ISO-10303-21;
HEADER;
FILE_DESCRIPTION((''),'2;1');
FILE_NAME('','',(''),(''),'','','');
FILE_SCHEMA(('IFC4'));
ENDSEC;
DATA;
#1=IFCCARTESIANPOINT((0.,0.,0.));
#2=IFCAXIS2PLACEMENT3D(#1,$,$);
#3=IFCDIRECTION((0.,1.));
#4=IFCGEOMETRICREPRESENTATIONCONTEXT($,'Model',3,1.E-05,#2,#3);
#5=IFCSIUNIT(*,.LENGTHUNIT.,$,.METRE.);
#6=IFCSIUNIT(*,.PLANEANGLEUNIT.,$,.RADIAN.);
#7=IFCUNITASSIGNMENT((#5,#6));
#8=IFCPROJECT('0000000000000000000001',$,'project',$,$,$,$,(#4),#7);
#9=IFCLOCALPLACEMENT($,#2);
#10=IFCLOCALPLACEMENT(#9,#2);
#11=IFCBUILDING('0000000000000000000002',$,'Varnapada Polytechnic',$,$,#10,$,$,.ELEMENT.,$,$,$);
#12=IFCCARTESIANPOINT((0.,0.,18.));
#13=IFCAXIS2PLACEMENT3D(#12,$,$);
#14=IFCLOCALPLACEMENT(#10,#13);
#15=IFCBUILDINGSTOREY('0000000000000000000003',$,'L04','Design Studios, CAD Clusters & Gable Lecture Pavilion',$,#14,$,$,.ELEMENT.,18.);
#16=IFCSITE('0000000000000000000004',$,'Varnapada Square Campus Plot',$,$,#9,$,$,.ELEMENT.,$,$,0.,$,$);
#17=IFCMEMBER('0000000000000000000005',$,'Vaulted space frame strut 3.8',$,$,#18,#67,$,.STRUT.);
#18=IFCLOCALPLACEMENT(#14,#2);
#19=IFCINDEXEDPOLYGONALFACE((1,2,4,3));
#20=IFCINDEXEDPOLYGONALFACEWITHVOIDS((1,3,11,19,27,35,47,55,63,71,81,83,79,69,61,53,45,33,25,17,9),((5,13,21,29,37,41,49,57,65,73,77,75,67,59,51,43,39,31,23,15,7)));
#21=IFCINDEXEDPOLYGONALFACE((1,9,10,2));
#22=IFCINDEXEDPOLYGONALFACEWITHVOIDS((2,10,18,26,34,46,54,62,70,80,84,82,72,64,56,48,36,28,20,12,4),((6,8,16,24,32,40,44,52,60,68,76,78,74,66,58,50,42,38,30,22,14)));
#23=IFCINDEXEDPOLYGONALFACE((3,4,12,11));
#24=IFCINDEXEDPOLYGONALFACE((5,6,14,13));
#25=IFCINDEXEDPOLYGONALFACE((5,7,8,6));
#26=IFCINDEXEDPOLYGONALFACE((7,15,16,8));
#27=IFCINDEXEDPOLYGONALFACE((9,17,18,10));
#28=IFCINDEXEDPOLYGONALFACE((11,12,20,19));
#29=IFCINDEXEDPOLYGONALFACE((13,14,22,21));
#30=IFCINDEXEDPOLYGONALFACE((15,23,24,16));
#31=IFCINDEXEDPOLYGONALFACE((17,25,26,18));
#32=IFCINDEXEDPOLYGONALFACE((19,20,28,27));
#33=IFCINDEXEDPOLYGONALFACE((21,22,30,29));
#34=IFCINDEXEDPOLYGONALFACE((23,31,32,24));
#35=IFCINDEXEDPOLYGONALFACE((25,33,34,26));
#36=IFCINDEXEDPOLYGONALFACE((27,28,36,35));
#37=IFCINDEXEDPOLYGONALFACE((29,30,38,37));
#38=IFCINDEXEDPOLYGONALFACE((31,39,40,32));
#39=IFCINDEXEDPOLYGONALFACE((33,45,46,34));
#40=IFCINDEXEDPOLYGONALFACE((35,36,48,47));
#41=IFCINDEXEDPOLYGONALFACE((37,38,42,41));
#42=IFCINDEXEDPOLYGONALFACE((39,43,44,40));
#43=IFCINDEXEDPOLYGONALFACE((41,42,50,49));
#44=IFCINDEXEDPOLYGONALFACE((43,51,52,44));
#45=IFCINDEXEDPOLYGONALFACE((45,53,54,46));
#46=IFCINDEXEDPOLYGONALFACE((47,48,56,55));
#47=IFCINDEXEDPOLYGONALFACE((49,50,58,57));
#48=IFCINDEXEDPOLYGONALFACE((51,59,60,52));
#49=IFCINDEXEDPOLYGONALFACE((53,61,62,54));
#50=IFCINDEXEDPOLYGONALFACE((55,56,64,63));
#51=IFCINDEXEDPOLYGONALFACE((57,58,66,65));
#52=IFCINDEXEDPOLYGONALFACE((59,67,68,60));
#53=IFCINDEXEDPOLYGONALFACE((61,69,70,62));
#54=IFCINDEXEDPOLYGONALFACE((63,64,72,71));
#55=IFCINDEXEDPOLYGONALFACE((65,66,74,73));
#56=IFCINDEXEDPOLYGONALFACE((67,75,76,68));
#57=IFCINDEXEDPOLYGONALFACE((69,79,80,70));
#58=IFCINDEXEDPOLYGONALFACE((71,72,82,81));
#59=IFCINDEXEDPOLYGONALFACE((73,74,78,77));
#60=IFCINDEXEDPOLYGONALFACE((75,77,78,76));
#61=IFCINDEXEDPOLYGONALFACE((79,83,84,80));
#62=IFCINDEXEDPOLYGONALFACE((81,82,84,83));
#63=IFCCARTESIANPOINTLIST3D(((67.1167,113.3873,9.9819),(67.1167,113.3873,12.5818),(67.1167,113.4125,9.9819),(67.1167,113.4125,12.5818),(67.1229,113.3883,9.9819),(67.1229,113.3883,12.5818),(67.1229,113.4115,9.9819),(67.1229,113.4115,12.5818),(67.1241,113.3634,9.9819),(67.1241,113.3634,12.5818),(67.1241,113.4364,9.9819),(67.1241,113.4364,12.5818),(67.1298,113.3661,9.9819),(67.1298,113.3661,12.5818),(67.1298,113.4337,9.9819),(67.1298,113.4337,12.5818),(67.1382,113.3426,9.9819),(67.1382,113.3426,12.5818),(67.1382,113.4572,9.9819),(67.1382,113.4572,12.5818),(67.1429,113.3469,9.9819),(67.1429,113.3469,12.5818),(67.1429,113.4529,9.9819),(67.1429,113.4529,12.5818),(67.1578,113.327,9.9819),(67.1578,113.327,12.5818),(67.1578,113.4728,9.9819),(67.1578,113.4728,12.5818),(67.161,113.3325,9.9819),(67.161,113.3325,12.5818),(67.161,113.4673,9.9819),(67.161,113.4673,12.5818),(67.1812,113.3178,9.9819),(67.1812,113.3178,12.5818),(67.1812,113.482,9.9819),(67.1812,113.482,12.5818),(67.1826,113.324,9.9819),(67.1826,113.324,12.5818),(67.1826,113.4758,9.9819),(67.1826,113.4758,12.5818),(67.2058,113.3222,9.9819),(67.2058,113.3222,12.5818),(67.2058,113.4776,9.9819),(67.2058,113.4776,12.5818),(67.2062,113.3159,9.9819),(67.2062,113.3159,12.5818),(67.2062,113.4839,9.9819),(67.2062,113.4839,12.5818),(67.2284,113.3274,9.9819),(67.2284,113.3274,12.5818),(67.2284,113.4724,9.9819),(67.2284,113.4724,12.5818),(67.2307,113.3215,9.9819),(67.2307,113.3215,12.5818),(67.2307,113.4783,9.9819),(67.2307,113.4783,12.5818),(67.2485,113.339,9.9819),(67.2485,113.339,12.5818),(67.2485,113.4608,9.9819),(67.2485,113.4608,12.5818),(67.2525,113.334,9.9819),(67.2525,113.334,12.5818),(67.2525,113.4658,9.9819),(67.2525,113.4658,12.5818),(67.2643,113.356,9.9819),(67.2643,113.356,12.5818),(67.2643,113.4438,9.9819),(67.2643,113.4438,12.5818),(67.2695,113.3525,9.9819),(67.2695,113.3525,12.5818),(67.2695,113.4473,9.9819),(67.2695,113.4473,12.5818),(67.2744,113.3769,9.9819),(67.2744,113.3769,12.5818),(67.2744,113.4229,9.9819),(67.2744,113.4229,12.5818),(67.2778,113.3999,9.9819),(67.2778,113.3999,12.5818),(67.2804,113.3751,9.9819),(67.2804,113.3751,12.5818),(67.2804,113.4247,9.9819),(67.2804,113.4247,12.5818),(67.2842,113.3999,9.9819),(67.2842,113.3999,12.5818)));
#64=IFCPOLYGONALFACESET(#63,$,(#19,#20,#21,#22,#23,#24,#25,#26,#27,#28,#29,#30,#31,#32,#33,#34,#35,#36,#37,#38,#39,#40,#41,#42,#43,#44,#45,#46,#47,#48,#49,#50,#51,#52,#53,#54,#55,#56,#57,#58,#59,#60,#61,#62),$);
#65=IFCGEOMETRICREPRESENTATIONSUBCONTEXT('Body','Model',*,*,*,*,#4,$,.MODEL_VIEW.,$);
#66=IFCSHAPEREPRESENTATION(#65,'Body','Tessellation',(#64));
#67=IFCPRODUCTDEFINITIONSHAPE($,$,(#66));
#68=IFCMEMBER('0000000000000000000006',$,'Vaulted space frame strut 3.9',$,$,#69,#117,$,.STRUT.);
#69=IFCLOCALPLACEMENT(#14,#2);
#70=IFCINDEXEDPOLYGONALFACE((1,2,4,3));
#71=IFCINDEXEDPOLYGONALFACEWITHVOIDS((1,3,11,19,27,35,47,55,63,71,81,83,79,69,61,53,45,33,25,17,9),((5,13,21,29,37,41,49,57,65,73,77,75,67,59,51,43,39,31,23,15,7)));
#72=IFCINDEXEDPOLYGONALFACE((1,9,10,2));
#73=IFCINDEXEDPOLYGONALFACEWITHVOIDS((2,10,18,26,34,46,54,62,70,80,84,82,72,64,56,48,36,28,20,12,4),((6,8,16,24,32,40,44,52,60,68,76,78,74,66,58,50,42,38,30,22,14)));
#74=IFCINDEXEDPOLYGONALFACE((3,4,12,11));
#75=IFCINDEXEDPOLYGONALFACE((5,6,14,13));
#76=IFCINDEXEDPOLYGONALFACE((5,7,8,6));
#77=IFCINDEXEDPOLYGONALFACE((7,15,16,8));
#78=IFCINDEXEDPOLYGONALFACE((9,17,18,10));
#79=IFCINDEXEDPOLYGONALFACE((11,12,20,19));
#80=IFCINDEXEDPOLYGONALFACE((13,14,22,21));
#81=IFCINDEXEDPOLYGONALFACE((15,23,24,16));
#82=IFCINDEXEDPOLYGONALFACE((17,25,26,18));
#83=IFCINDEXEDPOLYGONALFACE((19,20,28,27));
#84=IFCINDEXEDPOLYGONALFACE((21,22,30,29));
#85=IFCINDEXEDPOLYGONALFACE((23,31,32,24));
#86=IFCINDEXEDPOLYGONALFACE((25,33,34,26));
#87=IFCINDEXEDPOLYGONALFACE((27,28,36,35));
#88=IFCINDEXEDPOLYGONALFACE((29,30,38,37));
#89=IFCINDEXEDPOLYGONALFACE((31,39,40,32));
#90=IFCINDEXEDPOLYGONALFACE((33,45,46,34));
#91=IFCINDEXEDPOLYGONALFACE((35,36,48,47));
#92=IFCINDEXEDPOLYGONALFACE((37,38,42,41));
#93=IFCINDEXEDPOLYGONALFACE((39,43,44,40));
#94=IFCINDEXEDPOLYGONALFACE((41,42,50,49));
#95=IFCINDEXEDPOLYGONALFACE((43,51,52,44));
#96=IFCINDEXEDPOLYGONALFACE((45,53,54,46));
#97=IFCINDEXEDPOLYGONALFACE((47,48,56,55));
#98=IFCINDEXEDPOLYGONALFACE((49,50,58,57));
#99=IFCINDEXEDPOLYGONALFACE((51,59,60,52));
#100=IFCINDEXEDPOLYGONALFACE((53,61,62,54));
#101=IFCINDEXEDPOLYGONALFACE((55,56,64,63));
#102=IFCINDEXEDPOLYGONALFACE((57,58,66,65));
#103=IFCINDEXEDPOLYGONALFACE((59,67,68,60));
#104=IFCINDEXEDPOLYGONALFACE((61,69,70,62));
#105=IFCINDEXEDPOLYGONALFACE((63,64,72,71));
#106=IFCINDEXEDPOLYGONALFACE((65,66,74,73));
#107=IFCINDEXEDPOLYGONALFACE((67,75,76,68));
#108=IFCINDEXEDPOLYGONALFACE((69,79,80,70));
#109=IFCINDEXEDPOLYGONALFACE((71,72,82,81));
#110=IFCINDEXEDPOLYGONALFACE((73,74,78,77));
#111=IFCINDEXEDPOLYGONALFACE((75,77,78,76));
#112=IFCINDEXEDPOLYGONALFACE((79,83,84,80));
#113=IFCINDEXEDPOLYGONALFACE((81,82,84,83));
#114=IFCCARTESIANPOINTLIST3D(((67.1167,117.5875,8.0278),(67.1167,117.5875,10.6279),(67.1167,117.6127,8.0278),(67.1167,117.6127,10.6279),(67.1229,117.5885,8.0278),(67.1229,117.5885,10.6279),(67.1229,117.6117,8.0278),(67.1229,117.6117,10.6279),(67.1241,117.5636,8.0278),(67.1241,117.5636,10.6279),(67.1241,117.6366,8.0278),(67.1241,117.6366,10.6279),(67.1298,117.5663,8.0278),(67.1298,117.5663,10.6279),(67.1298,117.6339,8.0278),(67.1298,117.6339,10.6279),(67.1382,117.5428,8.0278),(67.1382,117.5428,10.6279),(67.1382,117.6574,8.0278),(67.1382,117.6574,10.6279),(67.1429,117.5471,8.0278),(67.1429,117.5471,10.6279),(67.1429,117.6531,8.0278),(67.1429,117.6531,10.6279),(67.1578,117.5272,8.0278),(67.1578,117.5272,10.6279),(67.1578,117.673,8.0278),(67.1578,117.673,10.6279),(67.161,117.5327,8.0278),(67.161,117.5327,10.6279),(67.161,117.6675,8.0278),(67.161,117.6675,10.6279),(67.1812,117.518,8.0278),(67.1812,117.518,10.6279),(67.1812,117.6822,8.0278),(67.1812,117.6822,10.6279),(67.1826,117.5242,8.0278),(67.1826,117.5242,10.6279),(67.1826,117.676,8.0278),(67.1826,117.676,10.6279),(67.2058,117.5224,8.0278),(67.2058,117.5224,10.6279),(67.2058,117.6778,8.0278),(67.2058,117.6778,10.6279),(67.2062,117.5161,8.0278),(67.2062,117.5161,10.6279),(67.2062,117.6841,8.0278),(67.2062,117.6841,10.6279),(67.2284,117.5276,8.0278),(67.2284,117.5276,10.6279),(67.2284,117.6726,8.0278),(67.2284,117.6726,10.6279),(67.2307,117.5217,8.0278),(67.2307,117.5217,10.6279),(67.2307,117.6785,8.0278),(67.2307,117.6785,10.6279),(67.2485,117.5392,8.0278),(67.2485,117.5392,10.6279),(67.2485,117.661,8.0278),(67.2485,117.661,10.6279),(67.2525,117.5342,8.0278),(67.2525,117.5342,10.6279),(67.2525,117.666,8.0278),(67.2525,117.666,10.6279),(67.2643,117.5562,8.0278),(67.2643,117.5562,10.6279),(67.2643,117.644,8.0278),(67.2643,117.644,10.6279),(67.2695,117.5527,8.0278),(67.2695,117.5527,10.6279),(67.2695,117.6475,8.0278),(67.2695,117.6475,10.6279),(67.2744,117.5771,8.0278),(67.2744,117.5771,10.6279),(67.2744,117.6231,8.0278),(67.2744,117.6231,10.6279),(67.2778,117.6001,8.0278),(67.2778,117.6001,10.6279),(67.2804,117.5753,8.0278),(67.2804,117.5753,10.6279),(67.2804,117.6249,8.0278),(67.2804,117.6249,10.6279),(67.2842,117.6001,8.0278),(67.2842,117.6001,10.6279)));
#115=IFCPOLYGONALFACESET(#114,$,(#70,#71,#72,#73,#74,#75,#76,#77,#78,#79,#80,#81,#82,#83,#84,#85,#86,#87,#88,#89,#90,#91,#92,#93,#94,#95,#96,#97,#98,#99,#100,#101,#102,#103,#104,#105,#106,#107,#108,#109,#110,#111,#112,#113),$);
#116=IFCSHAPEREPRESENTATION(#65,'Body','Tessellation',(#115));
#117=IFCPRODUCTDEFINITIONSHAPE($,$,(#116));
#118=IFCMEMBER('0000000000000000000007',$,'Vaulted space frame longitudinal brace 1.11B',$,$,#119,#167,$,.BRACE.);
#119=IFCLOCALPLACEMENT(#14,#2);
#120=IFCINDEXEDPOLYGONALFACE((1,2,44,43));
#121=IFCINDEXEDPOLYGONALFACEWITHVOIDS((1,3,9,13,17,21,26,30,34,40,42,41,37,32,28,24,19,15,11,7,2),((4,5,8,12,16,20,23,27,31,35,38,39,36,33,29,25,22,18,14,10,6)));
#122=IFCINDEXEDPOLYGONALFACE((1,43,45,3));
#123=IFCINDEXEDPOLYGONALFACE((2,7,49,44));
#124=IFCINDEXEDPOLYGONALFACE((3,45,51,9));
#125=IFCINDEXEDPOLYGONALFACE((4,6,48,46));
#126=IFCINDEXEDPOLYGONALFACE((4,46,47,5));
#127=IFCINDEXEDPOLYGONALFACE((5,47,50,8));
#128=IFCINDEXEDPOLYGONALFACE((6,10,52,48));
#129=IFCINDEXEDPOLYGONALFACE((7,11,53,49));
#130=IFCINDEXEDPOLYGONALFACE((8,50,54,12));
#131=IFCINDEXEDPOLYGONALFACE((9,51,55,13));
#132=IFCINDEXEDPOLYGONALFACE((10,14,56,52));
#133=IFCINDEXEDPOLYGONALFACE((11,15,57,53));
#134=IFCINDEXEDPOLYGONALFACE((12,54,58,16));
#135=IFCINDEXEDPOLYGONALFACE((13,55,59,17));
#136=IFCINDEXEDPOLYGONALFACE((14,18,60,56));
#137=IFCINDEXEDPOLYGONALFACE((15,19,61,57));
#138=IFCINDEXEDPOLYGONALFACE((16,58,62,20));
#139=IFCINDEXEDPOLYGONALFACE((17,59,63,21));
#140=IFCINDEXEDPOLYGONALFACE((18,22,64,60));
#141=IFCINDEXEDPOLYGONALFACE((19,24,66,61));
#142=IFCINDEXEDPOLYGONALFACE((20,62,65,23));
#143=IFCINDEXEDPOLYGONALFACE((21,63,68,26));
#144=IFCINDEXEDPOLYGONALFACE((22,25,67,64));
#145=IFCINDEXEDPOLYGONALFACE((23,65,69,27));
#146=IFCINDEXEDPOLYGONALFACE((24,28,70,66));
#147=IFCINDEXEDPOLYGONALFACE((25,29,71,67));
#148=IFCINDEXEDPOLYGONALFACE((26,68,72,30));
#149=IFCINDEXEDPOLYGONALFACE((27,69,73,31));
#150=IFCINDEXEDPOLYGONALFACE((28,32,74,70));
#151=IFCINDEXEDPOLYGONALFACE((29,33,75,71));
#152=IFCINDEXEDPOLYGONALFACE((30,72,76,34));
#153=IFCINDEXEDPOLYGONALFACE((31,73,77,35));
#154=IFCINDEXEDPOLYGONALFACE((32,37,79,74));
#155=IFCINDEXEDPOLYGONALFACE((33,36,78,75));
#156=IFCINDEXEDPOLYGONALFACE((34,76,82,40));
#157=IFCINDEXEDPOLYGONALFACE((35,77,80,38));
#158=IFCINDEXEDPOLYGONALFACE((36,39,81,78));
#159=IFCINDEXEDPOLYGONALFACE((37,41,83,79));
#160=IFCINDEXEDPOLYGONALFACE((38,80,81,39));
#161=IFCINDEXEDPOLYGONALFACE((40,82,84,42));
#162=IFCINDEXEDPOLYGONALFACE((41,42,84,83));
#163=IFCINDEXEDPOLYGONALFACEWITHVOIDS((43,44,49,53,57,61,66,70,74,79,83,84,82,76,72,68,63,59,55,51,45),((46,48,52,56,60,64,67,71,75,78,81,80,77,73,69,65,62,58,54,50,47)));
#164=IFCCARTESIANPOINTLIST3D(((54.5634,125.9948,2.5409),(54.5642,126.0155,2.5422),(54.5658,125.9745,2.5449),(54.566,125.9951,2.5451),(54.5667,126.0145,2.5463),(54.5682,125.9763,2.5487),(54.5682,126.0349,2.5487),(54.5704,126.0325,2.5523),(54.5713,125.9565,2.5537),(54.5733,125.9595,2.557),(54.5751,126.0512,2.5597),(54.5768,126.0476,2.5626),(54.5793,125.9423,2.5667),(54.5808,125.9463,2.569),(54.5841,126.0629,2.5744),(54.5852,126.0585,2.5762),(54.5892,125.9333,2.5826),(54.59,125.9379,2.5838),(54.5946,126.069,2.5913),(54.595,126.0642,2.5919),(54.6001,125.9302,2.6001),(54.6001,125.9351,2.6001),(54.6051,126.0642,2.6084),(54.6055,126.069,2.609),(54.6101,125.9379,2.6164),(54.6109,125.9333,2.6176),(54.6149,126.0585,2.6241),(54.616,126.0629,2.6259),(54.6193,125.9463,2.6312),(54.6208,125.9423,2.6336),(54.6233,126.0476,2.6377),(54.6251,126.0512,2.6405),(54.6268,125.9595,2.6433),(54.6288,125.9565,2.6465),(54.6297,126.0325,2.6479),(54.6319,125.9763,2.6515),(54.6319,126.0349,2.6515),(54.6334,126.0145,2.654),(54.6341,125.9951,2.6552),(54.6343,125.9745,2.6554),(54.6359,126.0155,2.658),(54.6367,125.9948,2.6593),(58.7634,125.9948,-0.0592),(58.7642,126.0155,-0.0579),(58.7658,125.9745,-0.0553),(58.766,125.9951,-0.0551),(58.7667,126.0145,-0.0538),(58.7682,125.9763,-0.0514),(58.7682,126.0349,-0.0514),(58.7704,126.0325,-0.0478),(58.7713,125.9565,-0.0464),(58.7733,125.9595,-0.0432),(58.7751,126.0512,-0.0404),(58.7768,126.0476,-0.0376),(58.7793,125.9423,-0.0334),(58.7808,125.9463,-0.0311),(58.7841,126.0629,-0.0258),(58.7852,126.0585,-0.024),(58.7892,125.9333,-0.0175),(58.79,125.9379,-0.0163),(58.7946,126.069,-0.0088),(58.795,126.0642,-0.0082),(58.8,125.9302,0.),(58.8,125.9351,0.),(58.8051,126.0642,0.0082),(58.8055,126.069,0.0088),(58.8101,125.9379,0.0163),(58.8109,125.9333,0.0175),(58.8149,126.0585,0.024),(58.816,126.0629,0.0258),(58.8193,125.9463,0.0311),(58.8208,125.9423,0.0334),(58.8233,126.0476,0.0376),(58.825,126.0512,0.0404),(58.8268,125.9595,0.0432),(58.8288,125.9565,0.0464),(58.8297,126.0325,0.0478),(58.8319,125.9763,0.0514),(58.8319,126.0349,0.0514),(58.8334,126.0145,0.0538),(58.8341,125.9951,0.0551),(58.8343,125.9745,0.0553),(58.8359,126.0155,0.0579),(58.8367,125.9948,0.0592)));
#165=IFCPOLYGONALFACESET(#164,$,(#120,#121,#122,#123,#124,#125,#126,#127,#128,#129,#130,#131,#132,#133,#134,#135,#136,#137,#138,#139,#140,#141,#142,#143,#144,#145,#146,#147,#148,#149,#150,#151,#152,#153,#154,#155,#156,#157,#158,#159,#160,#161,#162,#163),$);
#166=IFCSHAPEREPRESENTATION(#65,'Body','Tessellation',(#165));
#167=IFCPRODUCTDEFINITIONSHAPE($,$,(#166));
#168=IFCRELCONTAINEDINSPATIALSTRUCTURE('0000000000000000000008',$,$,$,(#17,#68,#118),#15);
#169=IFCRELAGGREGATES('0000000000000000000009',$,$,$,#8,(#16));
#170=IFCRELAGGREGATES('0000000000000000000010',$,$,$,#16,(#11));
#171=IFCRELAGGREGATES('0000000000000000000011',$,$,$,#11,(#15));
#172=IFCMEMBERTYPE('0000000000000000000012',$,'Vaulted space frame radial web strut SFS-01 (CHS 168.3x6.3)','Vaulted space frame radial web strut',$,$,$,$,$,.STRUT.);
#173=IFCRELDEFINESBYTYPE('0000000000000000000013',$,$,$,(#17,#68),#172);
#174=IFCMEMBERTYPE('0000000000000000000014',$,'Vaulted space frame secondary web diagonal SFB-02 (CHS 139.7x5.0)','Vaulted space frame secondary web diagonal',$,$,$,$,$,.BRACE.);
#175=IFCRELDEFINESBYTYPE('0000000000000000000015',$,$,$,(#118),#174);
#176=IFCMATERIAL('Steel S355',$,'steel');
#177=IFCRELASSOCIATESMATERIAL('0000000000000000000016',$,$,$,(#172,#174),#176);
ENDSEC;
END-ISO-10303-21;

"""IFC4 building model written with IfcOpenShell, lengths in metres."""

from ifc_helpers import new_model, si_unit, direction, frame, origin, origin_2d, place, context, subcontext, project, spatial, hollow_circle, extrude, material, material_profile, profile_set, type_object, element, save


model = new_model("IFC4")

# Units and contexts
model_context = context("Model", 3, precision=1e-05, world=origin(), true_north=direction((0.0, 1.0)))
body_context = subcontext(model_context, "Body", "Model", "MODEL_VIEW")
ifc_project = project(units=[si_unit("LENGTHUNIT", "METRE"), si_unit("PLANEANGLEUNIT", "RADIAN")], contexts=[model_context])

# Site, building, storey
site_placement = place(None, origin())
site = spatial("IfcSite", under=ifc_project, at=site_placement, Name="Varnapada Square Campus Plot", CompositionType="ELEMENT", RefElevation=0.0)
building_placement = place(site_placement, origin())
building = spatial("IfcBuilding", under=site, at=building_placement, Name="Varnapada Polytechnic", CompositionType="ELEMENT")
storey_placement = place(building_placement, frame((0.0, 0.0, 18.0)))
storey = spatial("IfcBuildingStorey", under=building, at=storey_placement, Name="L04", Description="Design Studios, CAD Clusters & Gable Lecture Pavilion", CompositionType="ELEMENT", Elevation=18.0)

# Shared definitions
ifc_material = material(Name="Steel S355", Category="steel")

# Members
ifc_material_profile_1 = material_profile(ifc_material, hollow_circle(Radius=0.0842, WallThickness=0.0063, at=origin_2d()), Name="CHS 168.3x6.3")
ifc_profile_set_1 = profile_set([ifc_material_profile_1], Name="Steel S355")
member_type_1 = type_object("IfcMemberType", Name="Vaulted space frame radial web strut SFS-01 (CHS 168.3x6.3)", Description="Vaulted space frame radial web strut", PredefinedType="STRUT", material=ifc_profile_set_1)
member_1_placement = place(storey_placement, frame((67.2, 113.3999, 9.9819), z_axis=(0.0, 0.0, 1.0), x_axis=(1.0, 0.0, 0.0)))
element("IfcMember", 1, at=member_1_placement, inside=storey, type_object=member_type_1, Name="Vaulted space frame strut 3.8", PredefinedType="STRUT", context=body_context, shape_type="SweptSolid", body=[
    extrude(hollow_circle(Radius=0.0842, WallThickness=0.0063, at=origin_2d()), origin(), (0.0, 0.0, 1.0), 2.5999),
])
member_2_placement = place(storey_placement, frame((67.2, 117.6001, 8.0278), z_axis=(0.0, 0.0, 1.0), x_axis=(1.0, 0.0, 0.0)))
element("IfcMember", 2, at=member_2_placement, inside=storey, type_object=member_type_1, Name="Vaulted space frame strut 3.9", PredefinedType="STRUT", context=body_context, shape_type="SweptSolid", body=[
    extrude(hollow_circle(Radius=0.0842, WallThickness=0.0063, at=origin_2d()), origin(), (0.0, 0.0, 1.0), 2.6001),
])
ifc_material_profile_2 = material_profile(ifc_material, hollow_circle(Radius=0.0698, WallThickness=0.0049, at=origin_2d()), Name="CHS 139.7x5.0")
ifc_profile_set_2 = profile_set([ifc_material_profile_2], Name="Steel S355")
member_type_2 = type_object("IfcMemberType", Name="Vaulted space frame secondary web diagonal SFB-02 (CHS 139.7x5.0)", Description="Vaulted space frame secondary web diagonal", PredefinedType="BRACE", material=ifc_profile_set_2)
for number, where, z_axis, x_axis, name in (
    (3, (58.8, 126.0, 0.0), (-0.850254, 0.0, 0.526373), (0.0, -1.0, 0.0), "Vaulted space frame longitudinal brace 1.11B"),
):
    element("IfcMember", number, at=place(storey_placement, frame(where, z_axis=z_axis, x_axis=x_axis)), inside=storey, type_object=member_type_2, Name=name, PredefinedType="BRACE", context=body_context, shape_type="SweptSolid", body=[
        extrude(hollow_circle(Radius=0.0698, WallThickness=0.0049, at=origin_2d()), origin(), (0.0, 0.0, 1.0), 4.9397),
    ])

save(model, "model.ifc")
